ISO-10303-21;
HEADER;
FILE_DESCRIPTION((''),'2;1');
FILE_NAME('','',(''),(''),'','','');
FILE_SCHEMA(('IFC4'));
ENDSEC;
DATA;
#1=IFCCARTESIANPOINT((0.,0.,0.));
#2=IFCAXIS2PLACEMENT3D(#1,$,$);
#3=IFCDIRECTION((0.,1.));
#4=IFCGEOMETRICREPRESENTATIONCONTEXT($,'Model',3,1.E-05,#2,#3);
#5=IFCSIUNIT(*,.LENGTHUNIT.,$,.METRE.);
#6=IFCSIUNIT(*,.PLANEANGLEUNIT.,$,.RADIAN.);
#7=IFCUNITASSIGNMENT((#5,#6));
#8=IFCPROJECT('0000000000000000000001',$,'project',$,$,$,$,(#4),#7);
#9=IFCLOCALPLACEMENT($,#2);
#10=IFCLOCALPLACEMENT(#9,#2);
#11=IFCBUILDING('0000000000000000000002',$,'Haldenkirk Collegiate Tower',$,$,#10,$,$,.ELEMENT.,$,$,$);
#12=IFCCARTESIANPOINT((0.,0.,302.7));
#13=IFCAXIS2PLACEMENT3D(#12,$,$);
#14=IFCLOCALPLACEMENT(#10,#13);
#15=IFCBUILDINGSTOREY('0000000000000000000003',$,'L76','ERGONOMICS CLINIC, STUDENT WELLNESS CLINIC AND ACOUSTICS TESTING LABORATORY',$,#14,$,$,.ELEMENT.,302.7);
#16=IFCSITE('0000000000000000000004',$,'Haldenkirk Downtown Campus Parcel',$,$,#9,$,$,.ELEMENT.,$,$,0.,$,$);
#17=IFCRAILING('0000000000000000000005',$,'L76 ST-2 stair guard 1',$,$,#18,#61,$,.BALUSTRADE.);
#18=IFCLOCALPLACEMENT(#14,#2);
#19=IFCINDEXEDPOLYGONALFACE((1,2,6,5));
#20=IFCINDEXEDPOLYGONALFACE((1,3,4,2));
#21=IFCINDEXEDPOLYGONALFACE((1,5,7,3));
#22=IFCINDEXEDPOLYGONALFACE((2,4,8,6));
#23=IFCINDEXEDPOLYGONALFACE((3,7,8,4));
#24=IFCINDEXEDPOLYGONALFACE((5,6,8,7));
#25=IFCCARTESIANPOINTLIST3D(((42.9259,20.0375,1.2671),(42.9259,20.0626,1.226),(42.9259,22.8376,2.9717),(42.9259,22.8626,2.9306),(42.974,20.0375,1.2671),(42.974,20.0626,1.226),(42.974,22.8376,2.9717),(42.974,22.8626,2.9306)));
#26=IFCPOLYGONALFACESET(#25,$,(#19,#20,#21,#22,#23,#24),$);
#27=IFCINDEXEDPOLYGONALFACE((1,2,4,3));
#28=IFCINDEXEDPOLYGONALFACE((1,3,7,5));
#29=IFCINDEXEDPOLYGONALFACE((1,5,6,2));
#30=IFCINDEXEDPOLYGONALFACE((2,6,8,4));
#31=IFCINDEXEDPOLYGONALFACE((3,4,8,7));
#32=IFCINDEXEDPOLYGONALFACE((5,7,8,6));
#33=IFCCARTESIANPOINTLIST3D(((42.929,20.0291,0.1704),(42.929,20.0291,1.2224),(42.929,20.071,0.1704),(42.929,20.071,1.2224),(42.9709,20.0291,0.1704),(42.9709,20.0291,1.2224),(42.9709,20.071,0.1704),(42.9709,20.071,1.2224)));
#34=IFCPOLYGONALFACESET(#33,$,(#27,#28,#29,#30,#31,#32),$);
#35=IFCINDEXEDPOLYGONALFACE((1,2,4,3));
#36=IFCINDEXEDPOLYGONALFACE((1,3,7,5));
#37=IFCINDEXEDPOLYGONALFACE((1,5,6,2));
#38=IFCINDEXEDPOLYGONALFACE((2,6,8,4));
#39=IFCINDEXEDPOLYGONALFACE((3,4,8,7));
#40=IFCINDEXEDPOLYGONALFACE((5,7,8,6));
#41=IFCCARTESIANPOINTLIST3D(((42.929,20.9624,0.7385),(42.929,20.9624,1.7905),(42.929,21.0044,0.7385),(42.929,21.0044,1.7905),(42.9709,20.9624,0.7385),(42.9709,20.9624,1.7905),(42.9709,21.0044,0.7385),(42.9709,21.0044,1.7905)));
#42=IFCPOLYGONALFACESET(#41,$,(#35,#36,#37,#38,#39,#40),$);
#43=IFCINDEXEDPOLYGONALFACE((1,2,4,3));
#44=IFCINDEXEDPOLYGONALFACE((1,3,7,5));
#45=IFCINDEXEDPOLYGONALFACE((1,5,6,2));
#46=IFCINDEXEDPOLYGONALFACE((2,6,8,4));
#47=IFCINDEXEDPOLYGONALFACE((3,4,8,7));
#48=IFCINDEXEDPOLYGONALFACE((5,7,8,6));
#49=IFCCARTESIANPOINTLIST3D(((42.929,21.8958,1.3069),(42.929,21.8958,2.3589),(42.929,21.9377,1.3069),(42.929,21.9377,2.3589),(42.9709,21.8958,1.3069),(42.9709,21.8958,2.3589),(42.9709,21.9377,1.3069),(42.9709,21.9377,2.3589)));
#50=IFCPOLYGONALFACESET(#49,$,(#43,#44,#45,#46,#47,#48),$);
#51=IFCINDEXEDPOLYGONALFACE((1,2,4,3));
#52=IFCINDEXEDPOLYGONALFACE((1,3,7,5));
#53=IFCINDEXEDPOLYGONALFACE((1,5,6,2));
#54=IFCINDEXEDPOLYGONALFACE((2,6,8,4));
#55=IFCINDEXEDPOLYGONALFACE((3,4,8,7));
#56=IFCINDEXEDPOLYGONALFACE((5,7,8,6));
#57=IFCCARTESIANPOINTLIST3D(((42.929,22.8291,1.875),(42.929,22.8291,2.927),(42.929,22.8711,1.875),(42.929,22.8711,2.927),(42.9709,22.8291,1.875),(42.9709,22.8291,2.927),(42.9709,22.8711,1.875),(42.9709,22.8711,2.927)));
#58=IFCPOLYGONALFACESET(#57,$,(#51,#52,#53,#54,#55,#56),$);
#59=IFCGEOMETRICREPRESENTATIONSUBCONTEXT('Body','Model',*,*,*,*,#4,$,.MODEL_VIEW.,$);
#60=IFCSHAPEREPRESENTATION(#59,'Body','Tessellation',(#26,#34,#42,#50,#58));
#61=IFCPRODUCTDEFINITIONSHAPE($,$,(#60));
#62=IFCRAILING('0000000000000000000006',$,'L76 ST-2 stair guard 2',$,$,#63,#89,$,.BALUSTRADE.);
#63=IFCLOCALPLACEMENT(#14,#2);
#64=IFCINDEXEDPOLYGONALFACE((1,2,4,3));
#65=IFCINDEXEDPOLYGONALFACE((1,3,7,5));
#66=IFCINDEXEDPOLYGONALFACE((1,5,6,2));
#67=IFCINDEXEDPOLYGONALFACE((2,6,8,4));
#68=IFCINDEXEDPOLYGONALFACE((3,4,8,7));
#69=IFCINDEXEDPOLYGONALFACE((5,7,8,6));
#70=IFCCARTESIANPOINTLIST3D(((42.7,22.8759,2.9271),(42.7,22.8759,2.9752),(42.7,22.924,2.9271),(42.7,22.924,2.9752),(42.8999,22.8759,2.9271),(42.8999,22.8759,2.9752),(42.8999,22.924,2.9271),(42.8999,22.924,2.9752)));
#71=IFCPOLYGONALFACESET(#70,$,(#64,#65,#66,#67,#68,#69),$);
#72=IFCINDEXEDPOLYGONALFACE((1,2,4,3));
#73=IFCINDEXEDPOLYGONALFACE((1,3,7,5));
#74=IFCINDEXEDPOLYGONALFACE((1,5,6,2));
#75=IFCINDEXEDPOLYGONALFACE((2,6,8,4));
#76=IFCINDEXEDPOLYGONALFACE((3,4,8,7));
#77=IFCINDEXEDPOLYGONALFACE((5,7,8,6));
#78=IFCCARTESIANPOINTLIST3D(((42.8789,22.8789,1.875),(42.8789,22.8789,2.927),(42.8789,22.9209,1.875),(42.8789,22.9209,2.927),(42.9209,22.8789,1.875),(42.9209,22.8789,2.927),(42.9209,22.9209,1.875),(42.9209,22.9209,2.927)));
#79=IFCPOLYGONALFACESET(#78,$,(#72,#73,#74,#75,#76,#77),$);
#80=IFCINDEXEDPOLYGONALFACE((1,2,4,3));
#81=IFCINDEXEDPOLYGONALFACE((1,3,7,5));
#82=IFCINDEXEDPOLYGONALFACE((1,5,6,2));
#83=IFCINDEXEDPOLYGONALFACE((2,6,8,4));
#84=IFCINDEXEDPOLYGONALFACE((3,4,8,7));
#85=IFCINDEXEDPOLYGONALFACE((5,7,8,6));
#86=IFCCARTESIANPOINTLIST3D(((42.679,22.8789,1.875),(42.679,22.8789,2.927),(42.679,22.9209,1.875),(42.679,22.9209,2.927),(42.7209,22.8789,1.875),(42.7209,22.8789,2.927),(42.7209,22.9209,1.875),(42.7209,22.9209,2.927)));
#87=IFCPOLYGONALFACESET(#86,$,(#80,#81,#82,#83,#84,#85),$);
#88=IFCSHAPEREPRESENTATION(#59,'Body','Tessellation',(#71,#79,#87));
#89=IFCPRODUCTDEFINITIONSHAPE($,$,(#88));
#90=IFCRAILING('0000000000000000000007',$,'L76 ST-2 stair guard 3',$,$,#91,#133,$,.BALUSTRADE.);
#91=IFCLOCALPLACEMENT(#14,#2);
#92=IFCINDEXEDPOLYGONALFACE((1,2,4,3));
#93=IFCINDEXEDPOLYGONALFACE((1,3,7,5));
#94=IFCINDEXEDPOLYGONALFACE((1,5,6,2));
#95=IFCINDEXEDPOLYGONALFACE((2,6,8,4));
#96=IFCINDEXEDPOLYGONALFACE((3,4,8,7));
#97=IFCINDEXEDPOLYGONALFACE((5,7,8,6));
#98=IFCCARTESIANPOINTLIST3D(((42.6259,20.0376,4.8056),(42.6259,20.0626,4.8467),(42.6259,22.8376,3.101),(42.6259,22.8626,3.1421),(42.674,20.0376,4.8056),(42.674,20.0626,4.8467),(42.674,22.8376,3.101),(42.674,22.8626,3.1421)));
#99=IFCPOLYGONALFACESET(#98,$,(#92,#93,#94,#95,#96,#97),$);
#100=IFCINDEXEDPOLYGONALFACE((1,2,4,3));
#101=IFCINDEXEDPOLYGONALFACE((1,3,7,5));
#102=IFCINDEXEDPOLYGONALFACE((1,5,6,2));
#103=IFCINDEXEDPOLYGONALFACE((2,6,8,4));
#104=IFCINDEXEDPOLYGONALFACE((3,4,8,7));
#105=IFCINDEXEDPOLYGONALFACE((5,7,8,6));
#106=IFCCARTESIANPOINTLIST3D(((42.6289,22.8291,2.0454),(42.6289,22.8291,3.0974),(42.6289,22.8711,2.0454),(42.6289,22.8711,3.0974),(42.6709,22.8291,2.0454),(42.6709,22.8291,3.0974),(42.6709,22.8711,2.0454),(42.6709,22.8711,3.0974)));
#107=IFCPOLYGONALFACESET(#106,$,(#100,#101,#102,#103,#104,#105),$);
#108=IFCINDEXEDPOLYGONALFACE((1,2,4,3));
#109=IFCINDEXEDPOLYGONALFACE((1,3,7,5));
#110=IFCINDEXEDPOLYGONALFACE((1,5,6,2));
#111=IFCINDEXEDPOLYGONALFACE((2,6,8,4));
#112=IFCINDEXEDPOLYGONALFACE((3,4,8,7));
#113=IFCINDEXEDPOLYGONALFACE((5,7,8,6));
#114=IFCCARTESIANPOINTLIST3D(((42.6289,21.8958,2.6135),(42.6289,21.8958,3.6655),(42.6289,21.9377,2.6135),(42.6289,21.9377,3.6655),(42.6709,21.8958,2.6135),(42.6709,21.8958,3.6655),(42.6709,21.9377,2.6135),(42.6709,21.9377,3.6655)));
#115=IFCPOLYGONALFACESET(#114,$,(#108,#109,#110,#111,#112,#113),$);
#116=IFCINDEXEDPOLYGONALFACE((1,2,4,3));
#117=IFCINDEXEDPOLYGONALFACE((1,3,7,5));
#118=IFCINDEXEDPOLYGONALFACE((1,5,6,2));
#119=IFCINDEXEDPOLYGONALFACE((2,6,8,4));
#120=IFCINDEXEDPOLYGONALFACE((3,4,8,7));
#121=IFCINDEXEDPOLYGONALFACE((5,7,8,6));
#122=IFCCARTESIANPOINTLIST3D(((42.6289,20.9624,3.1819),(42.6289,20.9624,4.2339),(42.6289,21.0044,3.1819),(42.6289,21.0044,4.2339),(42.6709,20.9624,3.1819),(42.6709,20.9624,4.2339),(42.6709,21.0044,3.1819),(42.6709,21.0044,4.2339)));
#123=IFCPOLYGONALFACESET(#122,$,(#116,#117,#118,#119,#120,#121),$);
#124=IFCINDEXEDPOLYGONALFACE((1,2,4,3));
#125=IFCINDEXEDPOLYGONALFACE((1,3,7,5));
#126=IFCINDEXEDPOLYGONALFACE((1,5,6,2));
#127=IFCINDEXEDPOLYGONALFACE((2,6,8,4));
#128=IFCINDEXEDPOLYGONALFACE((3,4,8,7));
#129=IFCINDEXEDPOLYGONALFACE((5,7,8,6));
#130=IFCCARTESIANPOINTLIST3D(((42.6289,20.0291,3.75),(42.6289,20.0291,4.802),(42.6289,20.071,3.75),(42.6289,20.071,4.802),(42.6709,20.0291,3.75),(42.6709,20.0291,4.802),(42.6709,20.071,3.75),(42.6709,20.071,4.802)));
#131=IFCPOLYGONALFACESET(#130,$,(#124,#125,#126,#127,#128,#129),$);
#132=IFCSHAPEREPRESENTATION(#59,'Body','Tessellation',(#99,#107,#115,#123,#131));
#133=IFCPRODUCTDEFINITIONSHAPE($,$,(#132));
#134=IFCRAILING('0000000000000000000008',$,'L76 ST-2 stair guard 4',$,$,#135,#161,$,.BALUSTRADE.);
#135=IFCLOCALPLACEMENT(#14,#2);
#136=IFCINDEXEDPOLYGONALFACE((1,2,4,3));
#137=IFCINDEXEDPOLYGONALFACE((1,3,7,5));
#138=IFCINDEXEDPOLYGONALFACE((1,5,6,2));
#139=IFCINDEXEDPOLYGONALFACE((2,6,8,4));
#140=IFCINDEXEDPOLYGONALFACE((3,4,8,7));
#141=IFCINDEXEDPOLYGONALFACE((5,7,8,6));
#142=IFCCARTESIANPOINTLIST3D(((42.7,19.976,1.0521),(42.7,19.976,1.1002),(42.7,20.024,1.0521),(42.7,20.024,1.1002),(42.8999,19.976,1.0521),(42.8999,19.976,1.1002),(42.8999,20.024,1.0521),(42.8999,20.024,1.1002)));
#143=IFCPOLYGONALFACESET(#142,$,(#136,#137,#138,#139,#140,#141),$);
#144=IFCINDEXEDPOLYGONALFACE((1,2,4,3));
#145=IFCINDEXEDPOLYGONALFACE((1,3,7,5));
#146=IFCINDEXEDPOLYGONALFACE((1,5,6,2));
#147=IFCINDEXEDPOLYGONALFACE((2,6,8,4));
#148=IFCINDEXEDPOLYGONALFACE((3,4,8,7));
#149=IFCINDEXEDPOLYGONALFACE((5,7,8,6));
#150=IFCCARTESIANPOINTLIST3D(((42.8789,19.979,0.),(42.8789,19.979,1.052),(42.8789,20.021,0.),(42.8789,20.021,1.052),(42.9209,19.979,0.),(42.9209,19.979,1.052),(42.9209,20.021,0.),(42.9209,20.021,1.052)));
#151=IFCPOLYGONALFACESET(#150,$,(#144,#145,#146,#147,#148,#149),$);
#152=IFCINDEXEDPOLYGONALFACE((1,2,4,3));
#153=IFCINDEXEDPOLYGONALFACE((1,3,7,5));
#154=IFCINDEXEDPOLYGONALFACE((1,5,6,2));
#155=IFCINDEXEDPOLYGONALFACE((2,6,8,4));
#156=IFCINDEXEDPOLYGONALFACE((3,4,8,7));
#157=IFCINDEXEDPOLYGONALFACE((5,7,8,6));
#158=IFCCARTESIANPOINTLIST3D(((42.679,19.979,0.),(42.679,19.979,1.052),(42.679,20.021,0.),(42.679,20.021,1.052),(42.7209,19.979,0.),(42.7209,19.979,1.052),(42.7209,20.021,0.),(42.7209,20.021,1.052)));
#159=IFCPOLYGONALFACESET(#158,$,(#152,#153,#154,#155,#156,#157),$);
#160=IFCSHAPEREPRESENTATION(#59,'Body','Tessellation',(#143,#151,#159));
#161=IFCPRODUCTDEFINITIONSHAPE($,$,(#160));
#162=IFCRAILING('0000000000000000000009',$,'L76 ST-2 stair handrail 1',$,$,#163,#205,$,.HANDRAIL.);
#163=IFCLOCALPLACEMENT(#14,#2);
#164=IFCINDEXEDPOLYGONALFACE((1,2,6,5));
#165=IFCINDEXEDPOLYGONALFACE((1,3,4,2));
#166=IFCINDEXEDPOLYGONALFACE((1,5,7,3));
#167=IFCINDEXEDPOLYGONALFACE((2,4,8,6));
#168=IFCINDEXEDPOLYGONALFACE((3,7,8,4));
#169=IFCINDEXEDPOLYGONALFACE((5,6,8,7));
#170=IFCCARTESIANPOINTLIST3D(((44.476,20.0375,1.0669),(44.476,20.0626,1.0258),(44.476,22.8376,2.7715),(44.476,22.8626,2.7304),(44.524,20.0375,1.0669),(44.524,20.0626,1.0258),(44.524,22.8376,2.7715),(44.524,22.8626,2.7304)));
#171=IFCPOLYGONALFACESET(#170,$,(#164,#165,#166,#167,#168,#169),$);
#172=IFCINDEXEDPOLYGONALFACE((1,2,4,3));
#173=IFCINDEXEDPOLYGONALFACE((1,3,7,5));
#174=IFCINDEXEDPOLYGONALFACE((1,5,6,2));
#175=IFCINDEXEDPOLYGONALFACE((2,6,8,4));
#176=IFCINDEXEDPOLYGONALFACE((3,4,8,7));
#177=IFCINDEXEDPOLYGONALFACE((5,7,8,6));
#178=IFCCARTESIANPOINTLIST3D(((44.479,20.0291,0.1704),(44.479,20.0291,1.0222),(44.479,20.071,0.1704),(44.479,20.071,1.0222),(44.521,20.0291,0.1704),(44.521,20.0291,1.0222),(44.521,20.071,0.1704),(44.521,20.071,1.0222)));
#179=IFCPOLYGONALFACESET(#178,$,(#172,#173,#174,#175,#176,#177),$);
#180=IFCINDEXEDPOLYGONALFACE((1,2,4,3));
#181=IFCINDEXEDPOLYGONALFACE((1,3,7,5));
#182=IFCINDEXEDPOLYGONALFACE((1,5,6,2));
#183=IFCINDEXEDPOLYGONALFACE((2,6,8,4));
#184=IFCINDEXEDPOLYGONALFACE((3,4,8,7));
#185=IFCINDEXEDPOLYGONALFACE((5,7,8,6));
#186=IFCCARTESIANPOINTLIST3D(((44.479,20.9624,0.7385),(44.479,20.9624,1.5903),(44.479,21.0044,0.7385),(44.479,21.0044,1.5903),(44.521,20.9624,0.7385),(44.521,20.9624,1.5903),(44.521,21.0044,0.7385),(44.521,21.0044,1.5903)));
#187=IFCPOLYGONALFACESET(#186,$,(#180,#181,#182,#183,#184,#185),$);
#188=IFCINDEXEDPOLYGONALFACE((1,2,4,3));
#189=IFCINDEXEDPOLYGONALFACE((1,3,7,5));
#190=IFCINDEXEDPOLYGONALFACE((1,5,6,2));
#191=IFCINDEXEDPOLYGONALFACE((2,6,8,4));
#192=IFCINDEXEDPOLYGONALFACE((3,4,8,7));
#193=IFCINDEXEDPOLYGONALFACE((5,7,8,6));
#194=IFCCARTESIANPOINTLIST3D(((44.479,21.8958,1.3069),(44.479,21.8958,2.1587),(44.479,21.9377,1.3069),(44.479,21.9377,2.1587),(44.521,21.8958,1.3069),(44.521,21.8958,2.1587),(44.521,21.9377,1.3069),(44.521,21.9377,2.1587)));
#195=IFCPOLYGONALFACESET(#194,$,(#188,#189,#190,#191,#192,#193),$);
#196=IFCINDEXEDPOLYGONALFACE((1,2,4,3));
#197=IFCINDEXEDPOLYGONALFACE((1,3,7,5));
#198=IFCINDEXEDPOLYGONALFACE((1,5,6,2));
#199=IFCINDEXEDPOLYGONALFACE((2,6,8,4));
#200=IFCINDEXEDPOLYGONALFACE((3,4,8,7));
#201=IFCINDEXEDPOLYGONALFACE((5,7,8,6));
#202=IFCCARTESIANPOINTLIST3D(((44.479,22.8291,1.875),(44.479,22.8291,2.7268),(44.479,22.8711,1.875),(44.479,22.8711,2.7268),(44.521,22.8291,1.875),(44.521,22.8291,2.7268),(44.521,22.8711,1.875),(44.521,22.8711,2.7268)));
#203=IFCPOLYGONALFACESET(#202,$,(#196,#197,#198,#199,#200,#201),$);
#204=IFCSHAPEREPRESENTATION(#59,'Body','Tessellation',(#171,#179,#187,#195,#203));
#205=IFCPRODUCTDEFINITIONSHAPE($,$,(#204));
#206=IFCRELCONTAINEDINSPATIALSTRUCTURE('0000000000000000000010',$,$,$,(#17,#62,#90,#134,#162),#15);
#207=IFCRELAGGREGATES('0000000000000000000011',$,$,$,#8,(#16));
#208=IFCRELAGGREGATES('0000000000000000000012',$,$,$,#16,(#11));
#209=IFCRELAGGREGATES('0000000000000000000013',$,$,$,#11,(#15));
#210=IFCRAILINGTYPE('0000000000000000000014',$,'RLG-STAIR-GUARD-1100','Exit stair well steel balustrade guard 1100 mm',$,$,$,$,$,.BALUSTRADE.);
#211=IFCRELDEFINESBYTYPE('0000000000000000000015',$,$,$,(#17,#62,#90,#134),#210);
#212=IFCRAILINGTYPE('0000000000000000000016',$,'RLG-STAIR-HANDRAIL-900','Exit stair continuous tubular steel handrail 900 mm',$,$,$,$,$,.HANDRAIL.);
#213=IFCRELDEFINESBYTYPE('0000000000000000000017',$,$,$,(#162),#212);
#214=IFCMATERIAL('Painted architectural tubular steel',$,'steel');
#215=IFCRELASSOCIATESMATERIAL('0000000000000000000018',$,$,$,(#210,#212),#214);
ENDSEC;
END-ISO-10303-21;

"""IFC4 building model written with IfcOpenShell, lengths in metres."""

from ifc_helpers import new_model, si_unit, direction, frame, origin, origin_2d, place, context, subcontext, project, spatial, rectangle, extrude, material, type_object, element, save


model = new_model("IFC4")

# Units and contexts
model_context = context("Model", 3, precision=1e-05, world=origin(), true_north=direction((0.0, 1.0)))
body_context = subcontext(model_context, "Body", "Model", "MODEL_VIEW")
ifc_project = project(units=[si_unit("LENGTHUNIT", "METRE"), si_unit("PLANEANGLEUNIT", "RADIAN")], contexts=[model_context])

# Site, building, storey
site_placement = place(None, origin())
site = spatial("IfcSite", under=ifc_project, at=site_placement, Name="Haldenkirk Downtown Campus Parcel", CompositionType="ELEMENT", RefElevation=0.0)
building_placement = place(site_placement, origin())
building = spatial("IfcBuilding", under=site, at=building_placement, Name="Haldenkirk Collegiate Tower", CompositionType="ELEMENT")
storey_placement = place(building_placement, frame((0.0, 0.0, 302.7)))
storey = spatial("IfcBuildingStorey", under=building, at=storey_placement, Name="L76", Description="ERGONOMICS CLINIC, STUDENT WELLNESS CLINIC AND ACOUSTICS TESTING LABORATORY", CompositionType="ELEMENT", Elevation=302.7)

# Railings
ifc_material_1 = material(Name="Painted architectural tubular steel", Category="steel")
railing_type_1 = type_object("IfcRailingType", Name="RLG-STAIR-GUARD-1100", Description="Exit stair well steel balustrade guard 1100 mm", PredefinedType="BALUSTRADE", material=ifc_material_1)
railing_1_placement = place(storey_placement, frame((42.95, 20.05, 0.1704)))
element("IfcRailing", 1, at=railing_1_placement, inside=storey, type_object=railing_type_1, Name="L76 ST-2 stair guard 1", PredefinedType="BALUSTRADE", context=body_context, shape_type="SweptSolid", body=[
    extrude(rectangle(XDim=0.0481, YDim=0.0481, at=origin_2d()), frame((0.0, 0.0, 1.0762), z_axis=(0.0, 0.85417, 0.519994), x_axis=(-1.0, 0.0, 0.0)), (0.0, 0.0, 1.0), 3.2781),
    extrude(rectangle(XDim=0.042, YDim=0.042, at=origin_2d()), origin(), (0.0, 0.0, 1.0), 1.052),
    extrude(rectangle(XDim=0.042, YDim=0.042, at=origin_2d()), frame((0.0, 0.9333, 0.5681)), (0.0, 0.0, 1.0), 1.052),
    extrude(rectangle(XDim=0.042, YDim=0.042, at=origin_2d()), frame((0.0, 1.8667, 1.1365)), (0.0, 0.0, 1.0), 1.052),
    extrude(rectangle(XDim=0.042, YDim=0.042, at=origin_2d()), frame((0.0, 2.8, 1.7046)), (0.0, 0.0, 1.0), 1.052),
])
railing_2_placement = place(storey_placement, frame((42.8999, 22.8999, 1.875)))
element("IfcRailing", 2, at=railing_2_placement, inside=storey, type_object=railing_type_1, Name="L76 ST-2 stair guard 2", PredefinedType="BALUSTRADE", context=body_context, shape_type="SweptSolid", body=[
    extrude(rectangle(XDim=0.0481, YDim=0.0481, at=origin_2d()), frame((0.0, 0.0, 1.0762), z_axis=(-1.0, 0.0, 0.0), x_axis=(0.0, -1.0, 0.0)), (0.0, 0.0, 1.0), 0.2),
    extrude(rectangle(XDim=0.042, YDim=0.042, at=origin_2d()), origin(), (0.0, 0.0, 1.0), 1.052),
    extrude(rectangle(XDim=0.042, YDim=0.042, at=origin_2d()), frame((-0.2, 0.0, 0.0)), (0.0, 0.0, 1.0), 1.052),
])
railing_3_placement = place(storey_placement, frame((42.6499, 22.8501, 2.0454)))
element("IfcRailing", 3, at=railing_3_placement, inside=storey, type_object=railing_type_1, Name="L76 ST-2 stair guard 3", PredefinedType="BALUSTRADE", context=body_context, shape_type="SweptSolid", body=[
    extrude(rectangle(XDim=0.0481, YDim=0.0481, at=origin_2d()), frame((0.0, 0.0, 1.0762), z_axis=(0.0, -0.85417, 0.519994), x_axis=(1.0, 0.0, 0.0)), (0.0, 0.0, 1.0), 3.2781),
    extrude(rectangle(XDim=0.042, YDim=0.042, at=origin_2d()), origin(), (0.0, 0.0, 1.0), 1.052),
    extrude(rectangle(XDim=0.042, YDim=0.042, at=origin_2d()), frame((0.0, -0.9333, 0.5681)), (0.0, 0.0, 1.0), 1.052),
    extrude(rectangle(XDim=0.042, YDim=0.042, at=origin_2d()), frame((0.0, -1.8667, 1.1365)), (0.0, 0.0, 1.0), 1.052),
    extrude(rectangle(XDim=0.042, YDim=0.042, at=origin_2d()), frame((0.0, -2.8, 1.7046)), (0.0, 0.0, 1.0), 1.052),
])
railing_4_placement = place(storey_placement, frame((42.8999, 20.0, 0.0)))
element("IfcRailing", 4, at=railing_4_placement, inside=storey, type_object=railing_type_1, Name="L76 ST-2 stair guard 4", PredefinedType="BALUSTRADE", context=body_context, shape_type="SweptSolid", body=[
    extrude(rectangle(XDim=0.0481, YDim=0.0481, at=origin_2d()), frame((0.0, 0.0, 1.0762), z_axis=(-1.0, 0.0, 0.0), x_axis=(0.0, -1.0, 0.0)), (0.0, 0.0, 1.0), 0.2),
    extrude(rectangle(XDim=0.042, YDim=0.042, at=origin_2d()), origin(), (0.0, 0.0, 1.0), 1.052),
    extrude(rectangle(XDim=0.042, YDim=0.042, at=origin_2d()), frame((-0.2, 0.0, 0.0)), (0.0, 0.0, 1.0), 1.052),
])
railing_type_2 = type_object("IfcRailingType", Name="RLG-STAIR-HANDRAIL-900", Description="Exit stair continuous tubular steel handrail 900 mm", PredefinedType="HANDRAIL", material=ifc_material_1)
railing_5_placement = place(storey_placement, frame((44.5, 20.05, 0.1704)))
element("IfcRailing", 5, at=railing_5_placement, inside=storey, type_object=railing_type_2, Name="L76 ST-2 stair handrail 1", PredefinedType="HANDRAIL", context=body_context, shape_type="SweptSolid", body=[
    extrude(rectangle(XDim=0.0481, YDim=0.0481, at=origin_2d()), frame((0.0, 0.0, 0.876), z_axis=(0.0, 0.85417, 0.519994), x_axis=(-1.0, 0.0, 0.0)), (0.0, 0.0, 1.0), 3.2781),
    extrude(rectangle(XDim=0.042, YDim=0.042, at=origin_2d()), origin(), (0.0, 0.0, 1.0), 0.8518),
    extrude(rectangle(XDim=0.042, YDim=0.042, at=origin_2d()), frame((0.0, 0.9333, 0.5681)), (0.0, 0.0, 1.0), 0.8518),
    extrude(rectangle(XDim=0.042, YDim=0.042, at=origin_2d()), frame((0.0, 1.8667, 1.1365)), (0.0, 0.0, 1.0), 0.8518),
    extrude(rectangle(XDim=0.042, YDim=0.042, at=origin_2d()), frame((0.0, 2.8, 1.7046)), (0.0, 0.0, 1.0), 0.8518),
])

save(model, "model.ifc")
